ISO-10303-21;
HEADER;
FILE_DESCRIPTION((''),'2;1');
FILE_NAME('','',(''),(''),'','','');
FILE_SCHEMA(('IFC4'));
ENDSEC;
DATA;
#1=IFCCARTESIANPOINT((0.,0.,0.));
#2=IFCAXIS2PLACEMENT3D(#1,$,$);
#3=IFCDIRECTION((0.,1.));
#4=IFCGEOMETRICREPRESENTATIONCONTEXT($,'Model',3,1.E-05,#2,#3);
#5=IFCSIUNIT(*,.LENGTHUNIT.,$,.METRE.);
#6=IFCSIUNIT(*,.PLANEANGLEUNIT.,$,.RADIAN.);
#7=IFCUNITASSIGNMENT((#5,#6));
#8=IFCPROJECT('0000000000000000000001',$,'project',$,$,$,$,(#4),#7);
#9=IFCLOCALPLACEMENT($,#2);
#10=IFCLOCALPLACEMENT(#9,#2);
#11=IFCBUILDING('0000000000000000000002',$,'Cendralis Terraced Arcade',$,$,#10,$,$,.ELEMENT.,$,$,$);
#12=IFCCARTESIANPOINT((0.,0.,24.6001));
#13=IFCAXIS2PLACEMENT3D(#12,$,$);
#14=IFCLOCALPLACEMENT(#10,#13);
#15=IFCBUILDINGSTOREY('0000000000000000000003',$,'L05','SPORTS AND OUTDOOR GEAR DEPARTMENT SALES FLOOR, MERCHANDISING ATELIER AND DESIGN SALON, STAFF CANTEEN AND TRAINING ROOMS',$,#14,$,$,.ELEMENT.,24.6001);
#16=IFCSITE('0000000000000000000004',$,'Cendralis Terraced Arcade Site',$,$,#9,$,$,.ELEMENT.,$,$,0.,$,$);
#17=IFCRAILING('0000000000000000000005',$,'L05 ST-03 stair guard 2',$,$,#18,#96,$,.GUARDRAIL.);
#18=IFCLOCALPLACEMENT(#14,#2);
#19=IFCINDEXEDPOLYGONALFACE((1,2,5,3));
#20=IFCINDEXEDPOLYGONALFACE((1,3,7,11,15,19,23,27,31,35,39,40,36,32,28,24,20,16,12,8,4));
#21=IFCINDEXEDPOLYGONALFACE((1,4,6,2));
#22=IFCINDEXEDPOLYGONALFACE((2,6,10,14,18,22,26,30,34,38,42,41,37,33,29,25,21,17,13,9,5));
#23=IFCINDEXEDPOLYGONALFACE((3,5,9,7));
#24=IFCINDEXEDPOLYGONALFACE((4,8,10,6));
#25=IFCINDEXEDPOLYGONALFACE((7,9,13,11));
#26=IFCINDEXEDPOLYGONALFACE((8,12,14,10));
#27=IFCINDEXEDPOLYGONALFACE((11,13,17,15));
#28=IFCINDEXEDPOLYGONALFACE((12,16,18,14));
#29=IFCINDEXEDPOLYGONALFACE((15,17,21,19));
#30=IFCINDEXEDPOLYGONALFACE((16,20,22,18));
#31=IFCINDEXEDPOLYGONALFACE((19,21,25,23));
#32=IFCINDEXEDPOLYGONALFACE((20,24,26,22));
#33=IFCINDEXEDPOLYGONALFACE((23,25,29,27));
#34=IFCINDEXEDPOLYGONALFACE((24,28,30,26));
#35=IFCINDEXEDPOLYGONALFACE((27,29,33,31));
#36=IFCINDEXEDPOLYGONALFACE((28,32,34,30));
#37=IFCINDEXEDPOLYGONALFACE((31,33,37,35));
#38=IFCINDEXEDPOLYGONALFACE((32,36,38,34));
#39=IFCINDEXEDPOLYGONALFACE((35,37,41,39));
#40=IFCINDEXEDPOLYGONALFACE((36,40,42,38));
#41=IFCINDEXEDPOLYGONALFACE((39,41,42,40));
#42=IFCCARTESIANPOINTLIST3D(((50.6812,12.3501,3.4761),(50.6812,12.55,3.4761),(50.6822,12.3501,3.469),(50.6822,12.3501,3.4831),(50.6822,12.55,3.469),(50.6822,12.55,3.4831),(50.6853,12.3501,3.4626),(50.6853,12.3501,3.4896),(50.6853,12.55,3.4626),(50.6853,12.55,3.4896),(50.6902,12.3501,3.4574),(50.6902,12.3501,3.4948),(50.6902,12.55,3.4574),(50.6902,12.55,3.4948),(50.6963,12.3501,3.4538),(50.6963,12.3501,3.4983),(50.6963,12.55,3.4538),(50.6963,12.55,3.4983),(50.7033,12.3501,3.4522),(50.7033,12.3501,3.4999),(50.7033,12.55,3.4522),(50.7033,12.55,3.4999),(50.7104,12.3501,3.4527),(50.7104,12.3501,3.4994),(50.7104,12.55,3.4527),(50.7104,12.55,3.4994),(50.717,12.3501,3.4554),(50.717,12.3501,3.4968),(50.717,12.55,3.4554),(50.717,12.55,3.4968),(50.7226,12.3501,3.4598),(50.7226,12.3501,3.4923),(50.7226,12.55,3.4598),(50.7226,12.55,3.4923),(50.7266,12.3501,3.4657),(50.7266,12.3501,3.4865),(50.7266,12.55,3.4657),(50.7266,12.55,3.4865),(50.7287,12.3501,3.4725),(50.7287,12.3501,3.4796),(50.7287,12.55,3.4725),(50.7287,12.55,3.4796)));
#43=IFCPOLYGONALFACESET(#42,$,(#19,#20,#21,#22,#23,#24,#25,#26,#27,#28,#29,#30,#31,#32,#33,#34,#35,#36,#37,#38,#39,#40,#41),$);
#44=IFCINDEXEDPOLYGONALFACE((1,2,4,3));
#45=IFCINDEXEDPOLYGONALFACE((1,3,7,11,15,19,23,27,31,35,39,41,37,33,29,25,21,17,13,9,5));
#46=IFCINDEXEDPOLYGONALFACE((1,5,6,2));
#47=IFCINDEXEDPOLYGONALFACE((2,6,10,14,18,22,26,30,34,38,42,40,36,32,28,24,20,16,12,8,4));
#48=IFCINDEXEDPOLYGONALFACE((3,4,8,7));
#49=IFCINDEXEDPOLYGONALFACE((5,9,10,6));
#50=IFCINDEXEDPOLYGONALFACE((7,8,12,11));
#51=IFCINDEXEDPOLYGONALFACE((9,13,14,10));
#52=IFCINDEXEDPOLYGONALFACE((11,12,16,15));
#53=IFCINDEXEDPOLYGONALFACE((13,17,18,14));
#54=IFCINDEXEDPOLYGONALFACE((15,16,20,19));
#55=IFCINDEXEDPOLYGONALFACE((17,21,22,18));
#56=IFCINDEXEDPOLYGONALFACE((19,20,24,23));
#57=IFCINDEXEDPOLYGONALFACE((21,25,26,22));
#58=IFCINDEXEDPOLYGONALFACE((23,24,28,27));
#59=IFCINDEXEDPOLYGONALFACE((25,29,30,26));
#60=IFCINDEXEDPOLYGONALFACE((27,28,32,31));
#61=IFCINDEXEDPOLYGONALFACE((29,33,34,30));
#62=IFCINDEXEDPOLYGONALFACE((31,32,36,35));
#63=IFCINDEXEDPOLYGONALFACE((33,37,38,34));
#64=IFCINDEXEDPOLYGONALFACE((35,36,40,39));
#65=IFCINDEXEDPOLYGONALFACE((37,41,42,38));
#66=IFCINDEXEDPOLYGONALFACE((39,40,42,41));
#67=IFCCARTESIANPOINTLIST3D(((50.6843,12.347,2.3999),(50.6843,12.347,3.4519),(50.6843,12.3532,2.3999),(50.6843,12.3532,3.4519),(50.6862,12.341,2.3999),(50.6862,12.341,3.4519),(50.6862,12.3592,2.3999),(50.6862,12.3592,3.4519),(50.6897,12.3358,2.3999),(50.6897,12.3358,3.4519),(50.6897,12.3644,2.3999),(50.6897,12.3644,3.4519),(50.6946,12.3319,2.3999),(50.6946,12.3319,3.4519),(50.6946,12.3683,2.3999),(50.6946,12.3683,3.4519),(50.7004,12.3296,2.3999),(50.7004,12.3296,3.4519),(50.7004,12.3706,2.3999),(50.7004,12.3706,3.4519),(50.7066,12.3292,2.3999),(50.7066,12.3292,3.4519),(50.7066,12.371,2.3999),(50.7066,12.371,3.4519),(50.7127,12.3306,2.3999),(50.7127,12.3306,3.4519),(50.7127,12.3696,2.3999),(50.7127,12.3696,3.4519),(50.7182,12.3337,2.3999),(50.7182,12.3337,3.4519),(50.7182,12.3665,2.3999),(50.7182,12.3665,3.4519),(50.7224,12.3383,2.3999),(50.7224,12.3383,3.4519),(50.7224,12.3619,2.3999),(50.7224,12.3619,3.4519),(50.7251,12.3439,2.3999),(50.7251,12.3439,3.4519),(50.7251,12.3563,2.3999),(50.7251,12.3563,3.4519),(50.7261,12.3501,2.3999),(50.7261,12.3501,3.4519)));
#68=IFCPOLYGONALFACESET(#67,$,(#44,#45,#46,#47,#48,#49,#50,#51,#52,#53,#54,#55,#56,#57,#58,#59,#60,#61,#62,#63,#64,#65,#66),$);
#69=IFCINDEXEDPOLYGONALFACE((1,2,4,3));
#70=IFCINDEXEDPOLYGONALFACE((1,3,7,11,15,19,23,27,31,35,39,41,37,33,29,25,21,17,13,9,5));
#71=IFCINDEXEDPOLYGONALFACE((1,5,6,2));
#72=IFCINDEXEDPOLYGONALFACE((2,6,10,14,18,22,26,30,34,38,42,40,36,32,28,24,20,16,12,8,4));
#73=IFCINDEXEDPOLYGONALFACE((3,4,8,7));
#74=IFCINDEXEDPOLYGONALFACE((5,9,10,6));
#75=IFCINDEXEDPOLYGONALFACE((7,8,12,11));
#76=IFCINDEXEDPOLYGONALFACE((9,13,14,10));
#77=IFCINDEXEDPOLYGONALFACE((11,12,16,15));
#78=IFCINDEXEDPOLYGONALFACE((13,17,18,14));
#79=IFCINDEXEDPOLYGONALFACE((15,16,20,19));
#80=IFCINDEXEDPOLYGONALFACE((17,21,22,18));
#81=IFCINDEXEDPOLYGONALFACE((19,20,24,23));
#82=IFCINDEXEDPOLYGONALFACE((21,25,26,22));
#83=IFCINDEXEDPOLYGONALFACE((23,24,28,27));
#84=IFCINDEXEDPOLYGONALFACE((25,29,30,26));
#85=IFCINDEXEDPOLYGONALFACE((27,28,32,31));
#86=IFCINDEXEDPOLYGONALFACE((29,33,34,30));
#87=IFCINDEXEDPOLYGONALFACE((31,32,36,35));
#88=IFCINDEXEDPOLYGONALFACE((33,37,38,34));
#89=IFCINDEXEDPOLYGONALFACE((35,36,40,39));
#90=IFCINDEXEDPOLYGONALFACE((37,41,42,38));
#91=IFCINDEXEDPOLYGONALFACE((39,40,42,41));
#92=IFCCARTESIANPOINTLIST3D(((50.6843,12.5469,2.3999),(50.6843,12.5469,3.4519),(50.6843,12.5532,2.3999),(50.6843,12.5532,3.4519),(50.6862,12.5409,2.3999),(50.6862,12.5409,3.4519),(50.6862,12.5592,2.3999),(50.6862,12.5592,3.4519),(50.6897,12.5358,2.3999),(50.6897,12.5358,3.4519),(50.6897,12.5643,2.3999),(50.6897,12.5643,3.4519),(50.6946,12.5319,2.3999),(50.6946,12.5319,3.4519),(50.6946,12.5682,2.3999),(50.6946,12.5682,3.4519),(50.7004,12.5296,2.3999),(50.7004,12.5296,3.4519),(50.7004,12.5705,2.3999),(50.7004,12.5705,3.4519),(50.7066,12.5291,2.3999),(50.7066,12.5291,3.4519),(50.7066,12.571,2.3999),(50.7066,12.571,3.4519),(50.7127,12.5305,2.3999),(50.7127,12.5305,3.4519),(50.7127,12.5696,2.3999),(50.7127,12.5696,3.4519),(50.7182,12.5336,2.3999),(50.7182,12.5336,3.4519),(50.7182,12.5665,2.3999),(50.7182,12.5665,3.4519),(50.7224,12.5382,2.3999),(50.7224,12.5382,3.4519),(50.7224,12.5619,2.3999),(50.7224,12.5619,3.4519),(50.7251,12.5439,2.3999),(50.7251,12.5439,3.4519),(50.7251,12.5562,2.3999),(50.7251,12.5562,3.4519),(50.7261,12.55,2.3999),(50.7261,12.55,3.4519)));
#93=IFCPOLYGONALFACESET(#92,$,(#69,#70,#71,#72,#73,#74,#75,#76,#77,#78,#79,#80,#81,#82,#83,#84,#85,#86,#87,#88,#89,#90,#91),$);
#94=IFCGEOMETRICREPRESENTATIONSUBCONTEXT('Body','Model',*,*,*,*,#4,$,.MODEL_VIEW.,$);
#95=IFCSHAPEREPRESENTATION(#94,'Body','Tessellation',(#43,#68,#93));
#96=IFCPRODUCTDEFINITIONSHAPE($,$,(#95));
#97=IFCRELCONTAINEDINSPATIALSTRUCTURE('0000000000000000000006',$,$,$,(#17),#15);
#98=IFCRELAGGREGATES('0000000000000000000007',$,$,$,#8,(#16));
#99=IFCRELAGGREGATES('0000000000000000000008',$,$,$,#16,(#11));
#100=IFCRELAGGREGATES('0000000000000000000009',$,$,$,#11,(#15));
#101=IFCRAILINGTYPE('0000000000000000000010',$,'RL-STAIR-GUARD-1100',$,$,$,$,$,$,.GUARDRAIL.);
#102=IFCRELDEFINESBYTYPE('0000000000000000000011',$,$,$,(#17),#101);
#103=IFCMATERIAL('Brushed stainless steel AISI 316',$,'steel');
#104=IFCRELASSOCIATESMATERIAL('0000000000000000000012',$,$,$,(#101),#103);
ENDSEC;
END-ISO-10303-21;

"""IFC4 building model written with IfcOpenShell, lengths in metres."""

from ifc_helpers import new_model, si_unit, direction, frame, origin, origin_2d, place, context, subcontext, project, spatial, circle, extrude, material, type_object, element, save


model = new_model("IFC4")

# Units and contexts
model_context = context("Model", 3, precision=1e-05, world=origin(), true_north=direction((0.0, 1.0)))
body_context = subcontext(model_context, "Body", "Model", "MODEL_VIEW")
ifc_project = project(units=[si_unit("LENGTHUNIT", "METRE"), si_unit("PLANEANGLEUNIT", "RADIAN")], contexts=[model_context])

# Site, building, storey
site_placement = place(None, origin())
site = spatial("IfcSite", under=ifc_project, at=site_placement, Name="Cendralis Terraced Arcade Site", CompositionType="ELEMENT", RefElevation=0.0)
building_placement = place(site_placement, origin())
building = spatial("IfcBuilding", under=site, at=building_placement, Name="Cendralis Terraced Arcade", CompositionType="ELEMENT")
storey_placement = place(building_placement, frame((0.0, 0.0, 24.6001)))
storey = spatial("IfcBuildingStorey", under=building, at=storey_placement, Name="L05", Description="SPORTS AND OUTDOOR GEAR DEPARTMENT SALES FLOOR, MERCHANDISING ATELIER AND DESIGN SALON, STAFF CANTEEN AND TRAINING ROOMS", CompositionType="ELEMENT", Elevation=24.6001)

# Railing
ifc_material_1 = material(Name="Brushed stainless steel AISI 316", Category="steel")
railing_type_1 = type_object("IfcRailingType", Name="RL-STAIR-GUARD-1100", PredefinedType="GUARDRAIL", material=ifc_material_1)
railing_1_placement = place(storey_placement, frame((50.7051, 12.3501, 2.3999)))
element("IfcRailing", 1, at=railing_1_placement, inside=storey, type_object=railing_type_1, Name="L05 ST-03 stair guard 2", PredefinedType="GUARDRAIL", context=body_context, shape_type="SweptSolid", body=[
    extrude(circle(Radius=0.0239, at=origin_2d()), frame((0.0, 0.0, 1.0762), z_axis=(0.0, 1.0, 0.0), x_axis=(-1.0, 0.0, 0.0)), (0.0, 0.0, 1.0), 0.2),
    extrude(circle(Radius=0.021, at=origin_2d()), origin(), (0.0, 0.0, 1.0), 1.052),
    extrude(circle(Radius=0.021, at=origin_2d()), frame((0.0, 0.2, 0.0)), (0.0, 0.0, 1.0), 1.052),
])

save(model, "model.ifc")
